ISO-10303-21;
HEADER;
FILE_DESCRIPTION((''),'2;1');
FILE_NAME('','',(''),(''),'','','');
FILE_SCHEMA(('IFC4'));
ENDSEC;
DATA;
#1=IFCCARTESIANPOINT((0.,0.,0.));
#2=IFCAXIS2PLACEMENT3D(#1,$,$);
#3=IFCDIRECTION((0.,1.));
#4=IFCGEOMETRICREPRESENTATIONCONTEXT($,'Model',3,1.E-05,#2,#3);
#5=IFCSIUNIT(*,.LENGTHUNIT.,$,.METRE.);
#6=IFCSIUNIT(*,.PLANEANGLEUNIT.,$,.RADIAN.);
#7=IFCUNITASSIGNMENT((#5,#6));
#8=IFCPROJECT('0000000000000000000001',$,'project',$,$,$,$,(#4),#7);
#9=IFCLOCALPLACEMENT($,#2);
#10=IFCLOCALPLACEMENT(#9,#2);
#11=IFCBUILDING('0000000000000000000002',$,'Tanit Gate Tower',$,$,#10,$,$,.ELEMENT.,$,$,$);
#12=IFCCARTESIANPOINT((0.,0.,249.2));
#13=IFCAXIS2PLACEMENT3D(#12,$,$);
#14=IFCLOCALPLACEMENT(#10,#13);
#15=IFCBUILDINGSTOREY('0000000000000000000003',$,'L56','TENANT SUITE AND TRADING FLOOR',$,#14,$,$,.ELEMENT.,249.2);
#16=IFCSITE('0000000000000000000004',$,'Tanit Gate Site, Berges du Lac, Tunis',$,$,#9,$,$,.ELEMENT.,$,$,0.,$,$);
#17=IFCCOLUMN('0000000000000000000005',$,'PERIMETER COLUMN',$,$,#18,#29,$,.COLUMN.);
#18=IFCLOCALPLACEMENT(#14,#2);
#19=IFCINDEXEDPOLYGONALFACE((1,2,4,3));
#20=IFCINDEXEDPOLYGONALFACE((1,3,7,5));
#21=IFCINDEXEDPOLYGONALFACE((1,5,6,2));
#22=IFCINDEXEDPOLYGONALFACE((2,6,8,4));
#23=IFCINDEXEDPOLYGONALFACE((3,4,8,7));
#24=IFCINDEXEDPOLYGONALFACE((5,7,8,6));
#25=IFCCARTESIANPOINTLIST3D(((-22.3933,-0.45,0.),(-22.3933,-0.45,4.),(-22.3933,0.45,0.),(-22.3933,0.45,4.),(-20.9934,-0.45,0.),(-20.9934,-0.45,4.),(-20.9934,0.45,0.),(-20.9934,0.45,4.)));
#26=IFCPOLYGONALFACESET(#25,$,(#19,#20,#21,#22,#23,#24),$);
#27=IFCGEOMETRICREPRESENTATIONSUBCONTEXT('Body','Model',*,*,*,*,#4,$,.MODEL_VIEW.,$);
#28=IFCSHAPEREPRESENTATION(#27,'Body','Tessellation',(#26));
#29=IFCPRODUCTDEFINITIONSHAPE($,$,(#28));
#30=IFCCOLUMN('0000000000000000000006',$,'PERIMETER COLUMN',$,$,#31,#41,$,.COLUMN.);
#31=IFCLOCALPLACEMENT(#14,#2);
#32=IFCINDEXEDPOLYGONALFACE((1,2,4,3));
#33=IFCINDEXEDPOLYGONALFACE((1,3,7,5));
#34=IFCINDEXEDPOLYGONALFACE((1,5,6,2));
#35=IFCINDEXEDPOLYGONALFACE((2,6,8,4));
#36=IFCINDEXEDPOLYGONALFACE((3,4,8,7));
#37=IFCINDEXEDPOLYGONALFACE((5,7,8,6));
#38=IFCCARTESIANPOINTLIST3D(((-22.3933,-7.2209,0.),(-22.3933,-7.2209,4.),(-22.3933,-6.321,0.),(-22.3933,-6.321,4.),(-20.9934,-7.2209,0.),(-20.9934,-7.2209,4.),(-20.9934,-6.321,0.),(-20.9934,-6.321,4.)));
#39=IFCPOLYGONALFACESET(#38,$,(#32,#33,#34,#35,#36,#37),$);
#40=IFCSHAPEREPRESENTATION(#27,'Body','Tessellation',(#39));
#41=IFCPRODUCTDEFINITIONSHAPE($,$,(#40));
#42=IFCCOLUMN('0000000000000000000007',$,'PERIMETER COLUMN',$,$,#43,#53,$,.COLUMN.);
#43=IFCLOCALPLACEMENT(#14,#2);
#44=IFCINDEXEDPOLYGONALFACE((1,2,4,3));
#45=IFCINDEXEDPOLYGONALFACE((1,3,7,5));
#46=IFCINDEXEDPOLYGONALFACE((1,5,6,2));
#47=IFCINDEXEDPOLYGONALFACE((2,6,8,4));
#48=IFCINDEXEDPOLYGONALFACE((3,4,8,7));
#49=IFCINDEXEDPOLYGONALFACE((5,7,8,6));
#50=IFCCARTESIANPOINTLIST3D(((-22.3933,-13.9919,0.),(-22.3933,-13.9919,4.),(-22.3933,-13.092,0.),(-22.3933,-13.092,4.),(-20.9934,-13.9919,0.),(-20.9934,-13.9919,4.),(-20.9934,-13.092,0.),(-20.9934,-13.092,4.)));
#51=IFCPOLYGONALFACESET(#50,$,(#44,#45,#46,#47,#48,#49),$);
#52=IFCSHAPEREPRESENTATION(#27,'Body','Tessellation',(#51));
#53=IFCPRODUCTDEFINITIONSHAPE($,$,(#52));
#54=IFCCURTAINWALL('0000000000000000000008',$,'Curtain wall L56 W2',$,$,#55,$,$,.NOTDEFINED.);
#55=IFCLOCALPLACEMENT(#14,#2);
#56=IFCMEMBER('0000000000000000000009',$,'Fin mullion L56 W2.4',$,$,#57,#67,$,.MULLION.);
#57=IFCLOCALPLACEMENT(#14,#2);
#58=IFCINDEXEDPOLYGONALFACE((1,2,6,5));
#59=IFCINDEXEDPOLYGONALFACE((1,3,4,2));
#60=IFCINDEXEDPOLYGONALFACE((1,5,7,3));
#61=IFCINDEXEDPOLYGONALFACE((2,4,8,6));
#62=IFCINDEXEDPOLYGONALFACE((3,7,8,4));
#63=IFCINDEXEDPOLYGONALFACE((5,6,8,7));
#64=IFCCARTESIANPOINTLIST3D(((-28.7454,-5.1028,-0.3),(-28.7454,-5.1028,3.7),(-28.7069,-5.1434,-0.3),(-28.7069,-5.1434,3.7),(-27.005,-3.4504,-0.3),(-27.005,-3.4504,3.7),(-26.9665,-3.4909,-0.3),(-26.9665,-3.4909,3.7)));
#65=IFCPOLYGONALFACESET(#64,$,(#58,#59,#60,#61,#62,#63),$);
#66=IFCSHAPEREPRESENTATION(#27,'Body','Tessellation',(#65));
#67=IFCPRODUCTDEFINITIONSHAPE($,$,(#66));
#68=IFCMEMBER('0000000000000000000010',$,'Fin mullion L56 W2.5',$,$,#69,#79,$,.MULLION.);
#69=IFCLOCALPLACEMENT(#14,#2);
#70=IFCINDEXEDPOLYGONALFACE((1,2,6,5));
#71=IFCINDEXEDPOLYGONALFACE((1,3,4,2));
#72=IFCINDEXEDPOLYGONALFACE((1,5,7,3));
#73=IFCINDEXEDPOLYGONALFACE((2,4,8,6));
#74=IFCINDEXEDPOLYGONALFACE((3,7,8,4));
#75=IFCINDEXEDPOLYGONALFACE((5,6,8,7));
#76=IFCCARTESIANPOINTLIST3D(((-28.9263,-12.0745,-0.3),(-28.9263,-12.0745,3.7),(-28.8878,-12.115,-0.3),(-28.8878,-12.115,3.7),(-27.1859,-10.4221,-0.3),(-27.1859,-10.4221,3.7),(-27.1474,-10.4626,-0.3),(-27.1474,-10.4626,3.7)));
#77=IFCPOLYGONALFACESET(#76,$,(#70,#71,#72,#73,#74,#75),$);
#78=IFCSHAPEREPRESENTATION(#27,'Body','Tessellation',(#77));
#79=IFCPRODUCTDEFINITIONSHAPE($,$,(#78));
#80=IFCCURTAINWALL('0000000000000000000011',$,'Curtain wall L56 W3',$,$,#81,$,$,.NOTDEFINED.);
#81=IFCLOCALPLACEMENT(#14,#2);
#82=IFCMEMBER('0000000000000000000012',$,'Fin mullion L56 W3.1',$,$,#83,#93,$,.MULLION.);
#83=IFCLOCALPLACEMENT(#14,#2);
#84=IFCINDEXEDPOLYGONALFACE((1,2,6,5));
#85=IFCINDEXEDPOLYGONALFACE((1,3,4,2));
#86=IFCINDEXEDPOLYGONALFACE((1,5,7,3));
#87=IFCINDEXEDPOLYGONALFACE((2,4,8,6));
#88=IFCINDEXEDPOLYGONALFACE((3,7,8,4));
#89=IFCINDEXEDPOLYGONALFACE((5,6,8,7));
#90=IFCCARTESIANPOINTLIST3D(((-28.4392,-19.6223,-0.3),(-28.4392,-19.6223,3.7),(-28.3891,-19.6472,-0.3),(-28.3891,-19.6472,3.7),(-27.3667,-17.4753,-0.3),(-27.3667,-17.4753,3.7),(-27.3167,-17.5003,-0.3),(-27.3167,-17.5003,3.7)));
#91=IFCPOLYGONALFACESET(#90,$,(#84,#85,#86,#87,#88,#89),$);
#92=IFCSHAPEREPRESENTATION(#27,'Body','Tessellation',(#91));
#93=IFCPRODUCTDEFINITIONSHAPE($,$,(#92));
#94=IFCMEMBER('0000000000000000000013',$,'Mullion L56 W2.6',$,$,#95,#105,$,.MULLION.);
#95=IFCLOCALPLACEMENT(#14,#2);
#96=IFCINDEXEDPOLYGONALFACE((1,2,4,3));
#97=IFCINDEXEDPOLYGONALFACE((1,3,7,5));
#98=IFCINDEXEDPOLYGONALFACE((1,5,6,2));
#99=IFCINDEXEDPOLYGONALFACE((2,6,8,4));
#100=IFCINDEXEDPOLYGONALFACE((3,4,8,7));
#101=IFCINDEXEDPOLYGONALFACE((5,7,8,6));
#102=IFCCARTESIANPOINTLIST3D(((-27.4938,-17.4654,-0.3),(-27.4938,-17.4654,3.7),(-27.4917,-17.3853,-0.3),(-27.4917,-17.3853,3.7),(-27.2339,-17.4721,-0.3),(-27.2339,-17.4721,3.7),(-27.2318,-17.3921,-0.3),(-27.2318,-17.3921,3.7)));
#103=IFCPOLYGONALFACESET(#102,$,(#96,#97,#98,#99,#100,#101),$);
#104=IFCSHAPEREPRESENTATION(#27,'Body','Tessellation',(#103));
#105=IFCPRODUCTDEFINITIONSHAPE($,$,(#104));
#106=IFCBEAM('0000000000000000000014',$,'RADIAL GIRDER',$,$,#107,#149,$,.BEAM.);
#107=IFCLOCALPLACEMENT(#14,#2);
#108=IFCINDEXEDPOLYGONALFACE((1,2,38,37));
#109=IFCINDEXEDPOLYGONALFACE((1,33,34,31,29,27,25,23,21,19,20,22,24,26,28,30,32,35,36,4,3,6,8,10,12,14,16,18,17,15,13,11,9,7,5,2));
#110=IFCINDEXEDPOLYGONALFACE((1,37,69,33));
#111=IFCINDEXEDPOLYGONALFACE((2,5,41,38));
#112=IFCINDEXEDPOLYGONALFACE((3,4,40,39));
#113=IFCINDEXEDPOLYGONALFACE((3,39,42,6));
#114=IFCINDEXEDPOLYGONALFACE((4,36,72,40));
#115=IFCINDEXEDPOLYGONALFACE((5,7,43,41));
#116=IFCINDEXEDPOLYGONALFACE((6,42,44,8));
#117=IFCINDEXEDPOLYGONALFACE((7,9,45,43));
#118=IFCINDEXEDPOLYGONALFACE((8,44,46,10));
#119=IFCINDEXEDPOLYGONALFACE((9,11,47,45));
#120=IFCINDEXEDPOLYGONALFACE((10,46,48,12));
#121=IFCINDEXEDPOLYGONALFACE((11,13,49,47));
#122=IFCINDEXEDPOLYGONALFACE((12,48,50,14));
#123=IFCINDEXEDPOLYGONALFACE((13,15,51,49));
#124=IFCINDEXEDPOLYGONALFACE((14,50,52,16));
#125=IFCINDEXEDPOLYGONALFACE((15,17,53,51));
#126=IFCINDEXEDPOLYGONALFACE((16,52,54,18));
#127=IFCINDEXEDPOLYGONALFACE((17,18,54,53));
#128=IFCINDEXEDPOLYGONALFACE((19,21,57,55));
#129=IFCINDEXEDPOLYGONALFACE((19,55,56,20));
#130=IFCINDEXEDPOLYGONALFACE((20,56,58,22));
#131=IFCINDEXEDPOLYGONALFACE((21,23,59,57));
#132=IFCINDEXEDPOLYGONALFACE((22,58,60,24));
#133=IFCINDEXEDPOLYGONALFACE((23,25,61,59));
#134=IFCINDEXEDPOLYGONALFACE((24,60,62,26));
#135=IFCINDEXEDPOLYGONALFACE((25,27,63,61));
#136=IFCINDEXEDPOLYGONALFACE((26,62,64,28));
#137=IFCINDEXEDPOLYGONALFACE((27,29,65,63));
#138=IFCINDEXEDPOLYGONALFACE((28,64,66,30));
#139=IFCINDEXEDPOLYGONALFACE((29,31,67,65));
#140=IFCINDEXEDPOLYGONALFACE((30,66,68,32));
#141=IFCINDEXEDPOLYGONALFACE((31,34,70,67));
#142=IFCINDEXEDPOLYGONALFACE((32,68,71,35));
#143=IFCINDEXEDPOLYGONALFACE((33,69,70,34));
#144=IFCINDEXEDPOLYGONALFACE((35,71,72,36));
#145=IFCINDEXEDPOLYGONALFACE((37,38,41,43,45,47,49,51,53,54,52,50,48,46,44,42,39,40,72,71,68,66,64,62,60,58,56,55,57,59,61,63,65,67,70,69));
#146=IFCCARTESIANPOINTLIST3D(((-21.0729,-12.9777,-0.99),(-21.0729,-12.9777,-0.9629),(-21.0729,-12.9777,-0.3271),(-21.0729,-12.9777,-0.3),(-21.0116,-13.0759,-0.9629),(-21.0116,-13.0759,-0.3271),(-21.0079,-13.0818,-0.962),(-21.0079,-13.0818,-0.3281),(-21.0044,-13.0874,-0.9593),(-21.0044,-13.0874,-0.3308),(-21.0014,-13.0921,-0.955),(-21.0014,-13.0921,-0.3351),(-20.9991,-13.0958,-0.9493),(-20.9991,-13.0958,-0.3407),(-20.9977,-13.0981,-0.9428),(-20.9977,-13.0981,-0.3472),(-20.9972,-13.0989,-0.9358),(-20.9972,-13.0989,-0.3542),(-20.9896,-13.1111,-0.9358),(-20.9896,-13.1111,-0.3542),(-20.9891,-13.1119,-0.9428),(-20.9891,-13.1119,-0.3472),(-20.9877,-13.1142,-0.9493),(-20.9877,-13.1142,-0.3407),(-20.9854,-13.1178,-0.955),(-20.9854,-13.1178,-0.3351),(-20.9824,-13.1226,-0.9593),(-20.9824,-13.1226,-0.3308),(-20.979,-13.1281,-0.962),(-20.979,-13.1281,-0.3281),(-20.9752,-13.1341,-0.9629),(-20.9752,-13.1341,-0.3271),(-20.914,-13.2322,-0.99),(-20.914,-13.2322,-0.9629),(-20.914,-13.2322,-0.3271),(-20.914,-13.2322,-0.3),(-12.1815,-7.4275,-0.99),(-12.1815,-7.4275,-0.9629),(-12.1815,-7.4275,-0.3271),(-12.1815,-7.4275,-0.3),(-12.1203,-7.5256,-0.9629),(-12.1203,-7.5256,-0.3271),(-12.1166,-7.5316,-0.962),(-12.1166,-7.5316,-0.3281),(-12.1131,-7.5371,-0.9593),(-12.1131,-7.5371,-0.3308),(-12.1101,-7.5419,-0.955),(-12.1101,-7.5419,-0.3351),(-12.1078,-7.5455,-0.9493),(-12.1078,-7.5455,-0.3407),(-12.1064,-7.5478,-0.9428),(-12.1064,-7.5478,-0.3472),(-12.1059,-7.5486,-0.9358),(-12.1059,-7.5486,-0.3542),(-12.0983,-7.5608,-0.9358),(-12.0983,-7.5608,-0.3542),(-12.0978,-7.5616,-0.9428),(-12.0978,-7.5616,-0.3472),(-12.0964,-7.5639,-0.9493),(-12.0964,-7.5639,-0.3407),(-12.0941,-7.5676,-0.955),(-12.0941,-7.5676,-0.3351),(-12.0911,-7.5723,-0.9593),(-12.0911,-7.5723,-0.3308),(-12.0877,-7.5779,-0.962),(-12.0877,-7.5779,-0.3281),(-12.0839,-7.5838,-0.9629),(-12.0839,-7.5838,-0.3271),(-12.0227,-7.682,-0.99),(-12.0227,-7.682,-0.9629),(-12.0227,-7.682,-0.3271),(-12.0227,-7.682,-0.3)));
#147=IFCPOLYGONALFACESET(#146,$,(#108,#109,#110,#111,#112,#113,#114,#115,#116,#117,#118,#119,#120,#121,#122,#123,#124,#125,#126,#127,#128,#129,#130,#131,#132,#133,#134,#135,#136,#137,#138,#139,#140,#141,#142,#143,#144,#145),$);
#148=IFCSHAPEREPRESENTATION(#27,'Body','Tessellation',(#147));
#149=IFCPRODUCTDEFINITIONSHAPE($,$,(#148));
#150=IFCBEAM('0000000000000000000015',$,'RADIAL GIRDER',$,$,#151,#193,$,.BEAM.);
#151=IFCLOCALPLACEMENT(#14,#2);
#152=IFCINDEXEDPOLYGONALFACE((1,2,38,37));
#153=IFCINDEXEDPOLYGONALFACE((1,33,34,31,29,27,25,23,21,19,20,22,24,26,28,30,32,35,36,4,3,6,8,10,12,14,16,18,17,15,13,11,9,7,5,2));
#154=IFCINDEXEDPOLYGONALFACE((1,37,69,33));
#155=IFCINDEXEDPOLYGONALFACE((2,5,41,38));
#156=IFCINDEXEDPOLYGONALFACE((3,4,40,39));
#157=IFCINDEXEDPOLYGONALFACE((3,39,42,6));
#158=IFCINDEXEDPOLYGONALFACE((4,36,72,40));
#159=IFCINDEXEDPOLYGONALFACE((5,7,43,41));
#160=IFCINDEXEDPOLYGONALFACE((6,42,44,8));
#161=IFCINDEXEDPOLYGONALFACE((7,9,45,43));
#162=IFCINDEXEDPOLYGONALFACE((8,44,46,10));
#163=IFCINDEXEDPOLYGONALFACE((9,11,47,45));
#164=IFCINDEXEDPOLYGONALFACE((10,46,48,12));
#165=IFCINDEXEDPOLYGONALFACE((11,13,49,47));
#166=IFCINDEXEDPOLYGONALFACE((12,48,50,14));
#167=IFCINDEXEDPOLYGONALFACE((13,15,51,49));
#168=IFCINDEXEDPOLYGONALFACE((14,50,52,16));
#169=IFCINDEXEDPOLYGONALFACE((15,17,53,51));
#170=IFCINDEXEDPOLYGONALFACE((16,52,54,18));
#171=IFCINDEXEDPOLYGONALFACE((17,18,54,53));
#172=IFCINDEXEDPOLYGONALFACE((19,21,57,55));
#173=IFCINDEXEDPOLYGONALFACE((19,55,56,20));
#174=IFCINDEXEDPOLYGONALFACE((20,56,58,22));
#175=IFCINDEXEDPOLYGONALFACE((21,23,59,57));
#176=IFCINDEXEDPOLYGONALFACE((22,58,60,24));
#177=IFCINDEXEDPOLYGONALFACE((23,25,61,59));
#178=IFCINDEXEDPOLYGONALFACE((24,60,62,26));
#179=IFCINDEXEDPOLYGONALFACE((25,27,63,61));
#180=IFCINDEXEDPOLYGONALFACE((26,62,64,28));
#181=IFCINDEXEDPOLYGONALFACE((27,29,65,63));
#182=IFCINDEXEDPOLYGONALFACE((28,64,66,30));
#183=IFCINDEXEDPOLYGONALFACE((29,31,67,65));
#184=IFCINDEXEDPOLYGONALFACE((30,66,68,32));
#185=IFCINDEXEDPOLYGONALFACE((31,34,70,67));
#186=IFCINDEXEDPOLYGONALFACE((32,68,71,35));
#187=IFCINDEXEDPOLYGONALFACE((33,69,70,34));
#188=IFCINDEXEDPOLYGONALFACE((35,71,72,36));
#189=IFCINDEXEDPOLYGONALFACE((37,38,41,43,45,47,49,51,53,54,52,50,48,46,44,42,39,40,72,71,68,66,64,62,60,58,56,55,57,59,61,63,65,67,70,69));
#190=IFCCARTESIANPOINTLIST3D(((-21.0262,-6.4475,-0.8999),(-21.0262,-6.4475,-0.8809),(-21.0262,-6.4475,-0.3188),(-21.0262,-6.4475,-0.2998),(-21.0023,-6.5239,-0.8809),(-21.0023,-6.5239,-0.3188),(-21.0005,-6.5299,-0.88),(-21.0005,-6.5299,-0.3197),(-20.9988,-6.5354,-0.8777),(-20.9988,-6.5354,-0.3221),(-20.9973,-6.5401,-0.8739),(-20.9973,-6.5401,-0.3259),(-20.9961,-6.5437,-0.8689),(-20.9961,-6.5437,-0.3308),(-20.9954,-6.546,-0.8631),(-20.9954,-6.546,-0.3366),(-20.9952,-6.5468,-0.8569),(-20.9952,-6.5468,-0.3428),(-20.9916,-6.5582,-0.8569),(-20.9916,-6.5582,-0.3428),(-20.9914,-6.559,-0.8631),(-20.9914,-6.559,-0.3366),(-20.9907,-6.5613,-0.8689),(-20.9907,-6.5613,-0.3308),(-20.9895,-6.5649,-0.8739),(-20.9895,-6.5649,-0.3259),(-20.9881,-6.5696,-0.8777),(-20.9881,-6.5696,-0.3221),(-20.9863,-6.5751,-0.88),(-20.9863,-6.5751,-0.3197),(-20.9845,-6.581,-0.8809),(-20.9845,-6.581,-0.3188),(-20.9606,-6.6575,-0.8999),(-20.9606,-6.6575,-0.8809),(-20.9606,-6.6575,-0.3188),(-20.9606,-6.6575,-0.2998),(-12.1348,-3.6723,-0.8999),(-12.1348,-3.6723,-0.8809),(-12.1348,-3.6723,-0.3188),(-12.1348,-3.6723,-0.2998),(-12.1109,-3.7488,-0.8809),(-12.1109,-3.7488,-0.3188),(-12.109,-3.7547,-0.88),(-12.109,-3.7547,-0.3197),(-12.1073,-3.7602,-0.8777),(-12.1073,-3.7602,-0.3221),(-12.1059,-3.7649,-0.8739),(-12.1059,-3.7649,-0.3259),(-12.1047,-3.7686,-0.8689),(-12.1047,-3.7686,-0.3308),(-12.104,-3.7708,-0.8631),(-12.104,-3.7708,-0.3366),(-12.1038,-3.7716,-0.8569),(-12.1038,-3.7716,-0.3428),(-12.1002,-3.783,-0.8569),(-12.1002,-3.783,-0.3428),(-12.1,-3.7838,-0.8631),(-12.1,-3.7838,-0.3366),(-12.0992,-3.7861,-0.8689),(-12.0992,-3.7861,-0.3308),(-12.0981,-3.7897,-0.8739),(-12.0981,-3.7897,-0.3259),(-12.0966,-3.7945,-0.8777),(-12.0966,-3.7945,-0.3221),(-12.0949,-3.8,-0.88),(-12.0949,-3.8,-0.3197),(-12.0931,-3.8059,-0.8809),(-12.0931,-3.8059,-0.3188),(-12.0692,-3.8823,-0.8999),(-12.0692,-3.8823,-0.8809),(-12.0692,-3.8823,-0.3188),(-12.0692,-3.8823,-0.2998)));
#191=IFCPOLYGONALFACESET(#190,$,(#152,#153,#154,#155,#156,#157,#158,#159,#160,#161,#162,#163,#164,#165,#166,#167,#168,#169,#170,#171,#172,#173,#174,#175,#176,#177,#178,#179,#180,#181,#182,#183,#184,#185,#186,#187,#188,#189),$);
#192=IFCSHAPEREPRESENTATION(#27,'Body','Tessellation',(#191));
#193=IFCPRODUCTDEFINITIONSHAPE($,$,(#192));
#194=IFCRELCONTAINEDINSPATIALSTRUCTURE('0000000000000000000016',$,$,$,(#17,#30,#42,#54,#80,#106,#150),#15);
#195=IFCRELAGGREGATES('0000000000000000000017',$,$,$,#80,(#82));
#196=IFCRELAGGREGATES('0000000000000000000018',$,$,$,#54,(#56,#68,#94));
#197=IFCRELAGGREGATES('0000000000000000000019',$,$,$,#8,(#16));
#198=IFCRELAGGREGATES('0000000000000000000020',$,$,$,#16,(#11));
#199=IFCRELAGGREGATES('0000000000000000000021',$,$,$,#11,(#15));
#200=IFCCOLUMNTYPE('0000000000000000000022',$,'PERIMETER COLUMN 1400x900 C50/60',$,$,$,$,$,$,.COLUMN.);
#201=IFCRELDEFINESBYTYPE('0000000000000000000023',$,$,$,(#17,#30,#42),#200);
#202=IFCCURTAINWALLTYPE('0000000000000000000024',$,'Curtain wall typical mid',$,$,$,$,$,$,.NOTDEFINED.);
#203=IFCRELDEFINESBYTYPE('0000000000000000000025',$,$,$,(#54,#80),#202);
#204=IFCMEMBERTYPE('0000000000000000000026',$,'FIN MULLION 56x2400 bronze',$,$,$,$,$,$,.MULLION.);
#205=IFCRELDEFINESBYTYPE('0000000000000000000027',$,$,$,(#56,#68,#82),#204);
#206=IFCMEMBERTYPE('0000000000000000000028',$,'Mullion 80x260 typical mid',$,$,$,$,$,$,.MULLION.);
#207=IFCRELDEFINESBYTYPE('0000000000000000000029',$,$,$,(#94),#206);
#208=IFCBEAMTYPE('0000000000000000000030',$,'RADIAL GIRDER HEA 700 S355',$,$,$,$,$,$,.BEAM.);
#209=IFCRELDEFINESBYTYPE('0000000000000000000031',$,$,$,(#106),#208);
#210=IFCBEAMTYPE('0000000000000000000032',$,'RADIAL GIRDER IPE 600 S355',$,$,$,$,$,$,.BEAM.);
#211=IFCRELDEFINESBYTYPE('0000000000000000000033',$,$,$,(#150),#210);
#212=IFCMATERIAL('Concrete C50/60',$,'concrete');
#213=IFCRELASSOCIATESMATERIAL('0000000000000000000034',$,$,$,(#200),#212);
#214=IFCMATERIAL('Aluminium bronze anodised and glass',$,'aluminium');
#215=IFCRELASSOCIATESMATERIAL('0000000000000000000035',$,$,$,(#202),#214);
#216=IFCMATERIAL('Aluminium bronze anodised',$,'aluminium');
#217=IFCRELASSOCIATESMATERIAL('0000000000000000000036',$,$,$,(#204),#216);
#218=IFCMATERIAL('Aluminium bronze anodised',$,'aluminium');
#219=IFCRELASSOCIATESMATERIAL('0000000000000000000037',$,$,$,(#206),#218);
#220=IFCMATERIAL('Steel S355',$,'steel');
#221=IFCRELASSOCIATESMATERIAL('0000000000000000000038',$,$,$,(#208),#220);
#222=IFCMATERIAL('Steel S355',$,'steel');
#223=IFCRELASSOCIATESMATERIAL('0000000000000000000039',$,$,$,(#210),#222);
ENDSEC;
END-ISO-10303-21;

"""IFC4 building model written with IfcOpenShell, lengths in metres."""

from ifc_helpers import new_model, si_unit, direction, frame, origin, origin_2d, place, context, subcontext, project, spatial, rectangle, i_section, extrude, material, material_profile, profile_set, type_object, element, aggregate, save


model = new_model("IFC4")

# Units and contexts
model_context = context("Model", 3, precision=1e-05, world=origin(), true_north=direction((0.0, 1.0)))
body_context = subcontext(model_context, "Body", "Model", "MODEL_VIEW")
ifc_project = project(units=[si_unit("LENGTHUNIT", "METRE"), si_unit("PLANEANGLEUNIT", "RADIAN")], contexts=[model_context])

# Site, building, storey
site_placement = place(None, origin())
site = spatial("IfcSite", under=ifc_project, at=site_placement, Name="Tanit Gate Site, Berges du Lac, Tunis", CompositionType="ELEMENT", RefElevation=0.0)
building_placement = place(site_placement, origin())
building = spatial("IfcBuilding", under=site, at=building_placement, Name="Tanit Gate Tower", CompositionType="ELEMENT")
storey_placement = place(building_placement, frame((0.0, 0.0, 249.2)))
storey = spatial("IfcBuildingStorey", under=building, at=storey_placement, Name="L56", Description="TENANT SUITE AND TRADING FLOOR", CompositionType="ELEMENT", Elevation=249.2)

# Columns
ifc_material_1 = material(Name="Concrete C50/60", Category="concrete")
ifc_material_profile_1 = material_profile(ifc_material_1, rectangle(XDim=1.3999, YDim=0.8999, at=origin_2d()), Name="RC 1400x900")
ifc_profile_set_1 = profile_set([ifc_material_profile_1], Name="Concrete C50/60")
column_type = type_object("IfcColumnType", Name="PERIMETER COLUMN 1400x900 C50/60", PredefinedType="COLUMN", material=ifc_profile_set_1)
for number, where, z_axis, x_axis, name in (
    (1, (-21.6934, 0.0, 0.0), (0.0, 0.0, 1.0), (-1.0, 0.0, 0.0), "PERIMETER COLUMN"),
    (2, (-21.6934, -6.771, 0.0), (0.0, 0.0, 1.0), (-1.0, 0.0, 0.0), "PERIMETER COLUMN"),
    (3, (-21.6934, -13.542, 0.0), (0.0, 0.0, 1.0), (-1.0, 0.0, 0.0), "PERIMETER COLUMN"),
):
    element("IfcColumn", number, at=place(storey_placement, frame(where, z_axis=z_axis, x_axis=x_axis)), inside=storey, type_object=column_type, Name=name, PredefinedType="COLUMN", context=body_context, shape_type="SweptSolid", body=[
        extrude(rectangle(XDim=1.3999, YDim=0.8999, at=origin_2d()), origin(), (0.0, 0.0, 1.0), 4.0),
    ])

# Curtain wall, members
ifc_material_2 = material(Name="Aluminium bronze anodised and glass", Category="aluminium")
curtain_wall_type = type_object("IfcCurtainWallType", Name="Curtain wall typical mid", PredefinedType="NOTDEFINED", material=ifc_material_2)
curtain_wall_1_placement = place(storey_placement, origin())
curtain_wall_1 = element("IfcCurtainWall", 4, at=curtain_wall_1_placement, inside=storey, type_object=curtain_wall_type, Name="Curtain wall L56 W2", PredefinedType="NOTDEFINED")
ifc_material_3 = material(Name="Aluminium bronze anodised", Category="aluminium")
ifc_material_profile_2 = material_profile(ifc_material_3, rectangle(XDim=2.3999, YDim=0.0559, at=origin_2d()), Name="56x2400 bronze fin mullion")
ifc_profile_set_2 = profile_set([ifc_material_profile_2], Name="Aluminium bronze anodised")
member_type_1 = type_object("IfcMemberType", Name="FIN MULLION 56x2400 bronze", PredefinedType="MULLION", material=ifc_profile_set_2)
member_1_placement = place(storey_placement, frame((-27.856, -4.2969, -0.3), z_axis=(0.0, 0.0, 1.0), x_axis=(0.7252, 0.688538, 0.0)))
member_1 = element("IfcMember", 5, at=member_1_placement, type_object=member_type_1, Name="Fin mullion L56 W2.4", PredefinedType="MULLION", context=body_context, shape_type="SweptSolid", body=[
    extrude(rectangle(XDim=2.3999, YDim=0.0559, at=origin_2d()), origin(), (0.0, 0.0, 1.0), 4.0),
])
member_2_placement = place(storey_placement, frame((-28.0369, -11.2686, -0.3), z_axis=(0.0, 0.0, 1.0), x_axis=(0.7252, 0.688538, 0.0)))
member_2 = element("IfcMember", 6, at=member_2_placement, type_object=member_type_1, Name="Fin mullion L56 W2.5", PredefinedType="MULLION", context=body_context, shape_type="SweptSolid", body=[
    extrude(rectangle(XDim=2.3999, YDim=0.0559, at=origin_2d()), origin(), (0.0, 0.0, 1.0), 4.0),
])

# Curtain wall, member
curtain_wall_2_placement = place(storey_placement, origin())
curtain_wall_2 = element("IfcCurtainWall", 7, at=curtain_wall_2_placement, inside=storey, type_object=curtain_wall_type, Name="Curtain wall L56 W3", PredefinedType="NOTDEFINED")
member_3_placement = place(storey_placement, frame((-27.8779, -18.5613, -0.3), z_axis=(0.0, 0.0, 1.0), x_axis=(0.446865, 0.894602, 0.0)))
member_3 = element("IfcMember", 8, at=member_3_placement, type_object=member_type_1, Name="Fin mullion L56 W3.1", PredefinedType="MULLION", context=body_context, shape_type="SweptSolid", body=[
    extrude(rectangle(XDim=2.3999, YDim=0.0559, at=origin_2d()), origin(), (0.0, 0.0, 1.0), 4.0),
])

# Member
ifc_material_4 = material(Name="Aluminium bronze anodised", Category="aluminium")
ifc_material_profile_3 = material_profile(ifc_material_4, rectangle(XDim=0.26, YDim=0.0801, at=origin_2d()), Name="80x260 bronze mullion")
ifc_profile_set_3 = profile_set([ifc_material_profile_3], Name="Aluminium bronze anodised")
member_type_2 = type_object("IfcMemberType", Name="Mullion 80x260 typical mid", PredefinedType="MULLION", material=ifc_profile_set_3)
member_4_placement = place(storey_placement, frame((-27.3628, -17.4287, -0.3), z_axis=(0.0, 0.0, 1.0), x_axis=(0.999664, -0.025924, 0.0)))
member_4 = element("IfcMember", 9, at=member_4_placement, type_object=member_type_2, Name="Mullion L56 W2.6", PredefinedType="MULLION", context=body_context, shape_type="SweptSolid", body=[
    extrude(rectangle(XDim=0.26, YDim=0.0801, at=origin_2d()), origin(), (0.0, 0.0, 1.0), 4.0),
])

# Beams
ifc_material_5 = material(Name="Steel S355", Category="steel")
ifc_material_profile_4 = material_profile(ifc_material_5, i_section(OverallWidth=0.3, OverallDepth=0.6899, WebThickness=0.0144, FlangeThickness=0.0271, FilletRadius=0.0271, at=origin_2d()), Name="HEA 700")
ifc_profile_set_4 = profile_set([ifc_material_profile_4], Name="Steel S355")
beam_type_1 = type_object("IfcBeamType", Name="RADIAL GIRDER HEA 700 S355", PredefinedType="BEAM", material=ifc_profile_set_4)
beam_1_placement = place(storey_placement, frame((-20.9934, -13.105, -0.645), z_axis=(0.84829, 0.529532, 0.0), x_axis=(-0.529532, 0.84829, 0.0)))
element("IfcBeam", 10, at=beam_1_placement, inside=storey, type_object=beam_type_1, Name="RADIAL GIRDER", PredefinedType="BEAM", context=body_context, shape_type="SweptSolid", body=[
    extrude(i_section(OverallWidth=0.3, OverallDepth=0.6899, WebThickness=0.0144, FlangeThickness=0.0271, FilletRadius=0.0271, at=origin_2d()), origin(), (0.0, 0.0, 1.0), 10.4814),
])
ifc_material_6 = material(Name="Steel S355", Category="steel")
ifc_material_profile_5 = material_profile(ifc_material_6, i_section(OverallWidth=0.22, OverallDepth=0.6001, WebThickness=0.012, FlangeThickness=0.019, FilletRadius=0.0239, at=origin_2d()), Name="IPE 600")
ifc_profile_set_5 = profile_set([ifc_material_profile_5], Name="Steel S355")
beam_type_2 = type_object("IfcBeamType", Name="RADIAL GIRDER IPE 600 S355", PredefinedType="BEAM", material=ifc_profile_set_5)
beam_2_placement = place(storey_placement, frame((-20.9934, -6.5525, -0.5999), z_axis=(0.954584, 0.297942, 0.0), x_axis=(-0.297942, 0.954584, 0.0)))
element("IfcBeam", 11, at=beam_2_placement, inside=storey, type_object=beam_type_2, Name="RADIAL GIRDER", PredefinedType="BEAM", context=body_context, shape_type="SweptSolid", body=[
    extrude(i_section(OverallWidth=0.22, OverallDepth=0.6001, WebThickness=0.012, FlangeThickness=0.019, FilletRadius=0.0239, at=origin_2d()), origin(), (0.0, 0.0, 1.0), 9.3145),
])

aggregate(curtain_wall_2, [member_3])

aggregate(curtain_wall_1, [member_1, member_2, member_4])

save(model, "model.ifc")
